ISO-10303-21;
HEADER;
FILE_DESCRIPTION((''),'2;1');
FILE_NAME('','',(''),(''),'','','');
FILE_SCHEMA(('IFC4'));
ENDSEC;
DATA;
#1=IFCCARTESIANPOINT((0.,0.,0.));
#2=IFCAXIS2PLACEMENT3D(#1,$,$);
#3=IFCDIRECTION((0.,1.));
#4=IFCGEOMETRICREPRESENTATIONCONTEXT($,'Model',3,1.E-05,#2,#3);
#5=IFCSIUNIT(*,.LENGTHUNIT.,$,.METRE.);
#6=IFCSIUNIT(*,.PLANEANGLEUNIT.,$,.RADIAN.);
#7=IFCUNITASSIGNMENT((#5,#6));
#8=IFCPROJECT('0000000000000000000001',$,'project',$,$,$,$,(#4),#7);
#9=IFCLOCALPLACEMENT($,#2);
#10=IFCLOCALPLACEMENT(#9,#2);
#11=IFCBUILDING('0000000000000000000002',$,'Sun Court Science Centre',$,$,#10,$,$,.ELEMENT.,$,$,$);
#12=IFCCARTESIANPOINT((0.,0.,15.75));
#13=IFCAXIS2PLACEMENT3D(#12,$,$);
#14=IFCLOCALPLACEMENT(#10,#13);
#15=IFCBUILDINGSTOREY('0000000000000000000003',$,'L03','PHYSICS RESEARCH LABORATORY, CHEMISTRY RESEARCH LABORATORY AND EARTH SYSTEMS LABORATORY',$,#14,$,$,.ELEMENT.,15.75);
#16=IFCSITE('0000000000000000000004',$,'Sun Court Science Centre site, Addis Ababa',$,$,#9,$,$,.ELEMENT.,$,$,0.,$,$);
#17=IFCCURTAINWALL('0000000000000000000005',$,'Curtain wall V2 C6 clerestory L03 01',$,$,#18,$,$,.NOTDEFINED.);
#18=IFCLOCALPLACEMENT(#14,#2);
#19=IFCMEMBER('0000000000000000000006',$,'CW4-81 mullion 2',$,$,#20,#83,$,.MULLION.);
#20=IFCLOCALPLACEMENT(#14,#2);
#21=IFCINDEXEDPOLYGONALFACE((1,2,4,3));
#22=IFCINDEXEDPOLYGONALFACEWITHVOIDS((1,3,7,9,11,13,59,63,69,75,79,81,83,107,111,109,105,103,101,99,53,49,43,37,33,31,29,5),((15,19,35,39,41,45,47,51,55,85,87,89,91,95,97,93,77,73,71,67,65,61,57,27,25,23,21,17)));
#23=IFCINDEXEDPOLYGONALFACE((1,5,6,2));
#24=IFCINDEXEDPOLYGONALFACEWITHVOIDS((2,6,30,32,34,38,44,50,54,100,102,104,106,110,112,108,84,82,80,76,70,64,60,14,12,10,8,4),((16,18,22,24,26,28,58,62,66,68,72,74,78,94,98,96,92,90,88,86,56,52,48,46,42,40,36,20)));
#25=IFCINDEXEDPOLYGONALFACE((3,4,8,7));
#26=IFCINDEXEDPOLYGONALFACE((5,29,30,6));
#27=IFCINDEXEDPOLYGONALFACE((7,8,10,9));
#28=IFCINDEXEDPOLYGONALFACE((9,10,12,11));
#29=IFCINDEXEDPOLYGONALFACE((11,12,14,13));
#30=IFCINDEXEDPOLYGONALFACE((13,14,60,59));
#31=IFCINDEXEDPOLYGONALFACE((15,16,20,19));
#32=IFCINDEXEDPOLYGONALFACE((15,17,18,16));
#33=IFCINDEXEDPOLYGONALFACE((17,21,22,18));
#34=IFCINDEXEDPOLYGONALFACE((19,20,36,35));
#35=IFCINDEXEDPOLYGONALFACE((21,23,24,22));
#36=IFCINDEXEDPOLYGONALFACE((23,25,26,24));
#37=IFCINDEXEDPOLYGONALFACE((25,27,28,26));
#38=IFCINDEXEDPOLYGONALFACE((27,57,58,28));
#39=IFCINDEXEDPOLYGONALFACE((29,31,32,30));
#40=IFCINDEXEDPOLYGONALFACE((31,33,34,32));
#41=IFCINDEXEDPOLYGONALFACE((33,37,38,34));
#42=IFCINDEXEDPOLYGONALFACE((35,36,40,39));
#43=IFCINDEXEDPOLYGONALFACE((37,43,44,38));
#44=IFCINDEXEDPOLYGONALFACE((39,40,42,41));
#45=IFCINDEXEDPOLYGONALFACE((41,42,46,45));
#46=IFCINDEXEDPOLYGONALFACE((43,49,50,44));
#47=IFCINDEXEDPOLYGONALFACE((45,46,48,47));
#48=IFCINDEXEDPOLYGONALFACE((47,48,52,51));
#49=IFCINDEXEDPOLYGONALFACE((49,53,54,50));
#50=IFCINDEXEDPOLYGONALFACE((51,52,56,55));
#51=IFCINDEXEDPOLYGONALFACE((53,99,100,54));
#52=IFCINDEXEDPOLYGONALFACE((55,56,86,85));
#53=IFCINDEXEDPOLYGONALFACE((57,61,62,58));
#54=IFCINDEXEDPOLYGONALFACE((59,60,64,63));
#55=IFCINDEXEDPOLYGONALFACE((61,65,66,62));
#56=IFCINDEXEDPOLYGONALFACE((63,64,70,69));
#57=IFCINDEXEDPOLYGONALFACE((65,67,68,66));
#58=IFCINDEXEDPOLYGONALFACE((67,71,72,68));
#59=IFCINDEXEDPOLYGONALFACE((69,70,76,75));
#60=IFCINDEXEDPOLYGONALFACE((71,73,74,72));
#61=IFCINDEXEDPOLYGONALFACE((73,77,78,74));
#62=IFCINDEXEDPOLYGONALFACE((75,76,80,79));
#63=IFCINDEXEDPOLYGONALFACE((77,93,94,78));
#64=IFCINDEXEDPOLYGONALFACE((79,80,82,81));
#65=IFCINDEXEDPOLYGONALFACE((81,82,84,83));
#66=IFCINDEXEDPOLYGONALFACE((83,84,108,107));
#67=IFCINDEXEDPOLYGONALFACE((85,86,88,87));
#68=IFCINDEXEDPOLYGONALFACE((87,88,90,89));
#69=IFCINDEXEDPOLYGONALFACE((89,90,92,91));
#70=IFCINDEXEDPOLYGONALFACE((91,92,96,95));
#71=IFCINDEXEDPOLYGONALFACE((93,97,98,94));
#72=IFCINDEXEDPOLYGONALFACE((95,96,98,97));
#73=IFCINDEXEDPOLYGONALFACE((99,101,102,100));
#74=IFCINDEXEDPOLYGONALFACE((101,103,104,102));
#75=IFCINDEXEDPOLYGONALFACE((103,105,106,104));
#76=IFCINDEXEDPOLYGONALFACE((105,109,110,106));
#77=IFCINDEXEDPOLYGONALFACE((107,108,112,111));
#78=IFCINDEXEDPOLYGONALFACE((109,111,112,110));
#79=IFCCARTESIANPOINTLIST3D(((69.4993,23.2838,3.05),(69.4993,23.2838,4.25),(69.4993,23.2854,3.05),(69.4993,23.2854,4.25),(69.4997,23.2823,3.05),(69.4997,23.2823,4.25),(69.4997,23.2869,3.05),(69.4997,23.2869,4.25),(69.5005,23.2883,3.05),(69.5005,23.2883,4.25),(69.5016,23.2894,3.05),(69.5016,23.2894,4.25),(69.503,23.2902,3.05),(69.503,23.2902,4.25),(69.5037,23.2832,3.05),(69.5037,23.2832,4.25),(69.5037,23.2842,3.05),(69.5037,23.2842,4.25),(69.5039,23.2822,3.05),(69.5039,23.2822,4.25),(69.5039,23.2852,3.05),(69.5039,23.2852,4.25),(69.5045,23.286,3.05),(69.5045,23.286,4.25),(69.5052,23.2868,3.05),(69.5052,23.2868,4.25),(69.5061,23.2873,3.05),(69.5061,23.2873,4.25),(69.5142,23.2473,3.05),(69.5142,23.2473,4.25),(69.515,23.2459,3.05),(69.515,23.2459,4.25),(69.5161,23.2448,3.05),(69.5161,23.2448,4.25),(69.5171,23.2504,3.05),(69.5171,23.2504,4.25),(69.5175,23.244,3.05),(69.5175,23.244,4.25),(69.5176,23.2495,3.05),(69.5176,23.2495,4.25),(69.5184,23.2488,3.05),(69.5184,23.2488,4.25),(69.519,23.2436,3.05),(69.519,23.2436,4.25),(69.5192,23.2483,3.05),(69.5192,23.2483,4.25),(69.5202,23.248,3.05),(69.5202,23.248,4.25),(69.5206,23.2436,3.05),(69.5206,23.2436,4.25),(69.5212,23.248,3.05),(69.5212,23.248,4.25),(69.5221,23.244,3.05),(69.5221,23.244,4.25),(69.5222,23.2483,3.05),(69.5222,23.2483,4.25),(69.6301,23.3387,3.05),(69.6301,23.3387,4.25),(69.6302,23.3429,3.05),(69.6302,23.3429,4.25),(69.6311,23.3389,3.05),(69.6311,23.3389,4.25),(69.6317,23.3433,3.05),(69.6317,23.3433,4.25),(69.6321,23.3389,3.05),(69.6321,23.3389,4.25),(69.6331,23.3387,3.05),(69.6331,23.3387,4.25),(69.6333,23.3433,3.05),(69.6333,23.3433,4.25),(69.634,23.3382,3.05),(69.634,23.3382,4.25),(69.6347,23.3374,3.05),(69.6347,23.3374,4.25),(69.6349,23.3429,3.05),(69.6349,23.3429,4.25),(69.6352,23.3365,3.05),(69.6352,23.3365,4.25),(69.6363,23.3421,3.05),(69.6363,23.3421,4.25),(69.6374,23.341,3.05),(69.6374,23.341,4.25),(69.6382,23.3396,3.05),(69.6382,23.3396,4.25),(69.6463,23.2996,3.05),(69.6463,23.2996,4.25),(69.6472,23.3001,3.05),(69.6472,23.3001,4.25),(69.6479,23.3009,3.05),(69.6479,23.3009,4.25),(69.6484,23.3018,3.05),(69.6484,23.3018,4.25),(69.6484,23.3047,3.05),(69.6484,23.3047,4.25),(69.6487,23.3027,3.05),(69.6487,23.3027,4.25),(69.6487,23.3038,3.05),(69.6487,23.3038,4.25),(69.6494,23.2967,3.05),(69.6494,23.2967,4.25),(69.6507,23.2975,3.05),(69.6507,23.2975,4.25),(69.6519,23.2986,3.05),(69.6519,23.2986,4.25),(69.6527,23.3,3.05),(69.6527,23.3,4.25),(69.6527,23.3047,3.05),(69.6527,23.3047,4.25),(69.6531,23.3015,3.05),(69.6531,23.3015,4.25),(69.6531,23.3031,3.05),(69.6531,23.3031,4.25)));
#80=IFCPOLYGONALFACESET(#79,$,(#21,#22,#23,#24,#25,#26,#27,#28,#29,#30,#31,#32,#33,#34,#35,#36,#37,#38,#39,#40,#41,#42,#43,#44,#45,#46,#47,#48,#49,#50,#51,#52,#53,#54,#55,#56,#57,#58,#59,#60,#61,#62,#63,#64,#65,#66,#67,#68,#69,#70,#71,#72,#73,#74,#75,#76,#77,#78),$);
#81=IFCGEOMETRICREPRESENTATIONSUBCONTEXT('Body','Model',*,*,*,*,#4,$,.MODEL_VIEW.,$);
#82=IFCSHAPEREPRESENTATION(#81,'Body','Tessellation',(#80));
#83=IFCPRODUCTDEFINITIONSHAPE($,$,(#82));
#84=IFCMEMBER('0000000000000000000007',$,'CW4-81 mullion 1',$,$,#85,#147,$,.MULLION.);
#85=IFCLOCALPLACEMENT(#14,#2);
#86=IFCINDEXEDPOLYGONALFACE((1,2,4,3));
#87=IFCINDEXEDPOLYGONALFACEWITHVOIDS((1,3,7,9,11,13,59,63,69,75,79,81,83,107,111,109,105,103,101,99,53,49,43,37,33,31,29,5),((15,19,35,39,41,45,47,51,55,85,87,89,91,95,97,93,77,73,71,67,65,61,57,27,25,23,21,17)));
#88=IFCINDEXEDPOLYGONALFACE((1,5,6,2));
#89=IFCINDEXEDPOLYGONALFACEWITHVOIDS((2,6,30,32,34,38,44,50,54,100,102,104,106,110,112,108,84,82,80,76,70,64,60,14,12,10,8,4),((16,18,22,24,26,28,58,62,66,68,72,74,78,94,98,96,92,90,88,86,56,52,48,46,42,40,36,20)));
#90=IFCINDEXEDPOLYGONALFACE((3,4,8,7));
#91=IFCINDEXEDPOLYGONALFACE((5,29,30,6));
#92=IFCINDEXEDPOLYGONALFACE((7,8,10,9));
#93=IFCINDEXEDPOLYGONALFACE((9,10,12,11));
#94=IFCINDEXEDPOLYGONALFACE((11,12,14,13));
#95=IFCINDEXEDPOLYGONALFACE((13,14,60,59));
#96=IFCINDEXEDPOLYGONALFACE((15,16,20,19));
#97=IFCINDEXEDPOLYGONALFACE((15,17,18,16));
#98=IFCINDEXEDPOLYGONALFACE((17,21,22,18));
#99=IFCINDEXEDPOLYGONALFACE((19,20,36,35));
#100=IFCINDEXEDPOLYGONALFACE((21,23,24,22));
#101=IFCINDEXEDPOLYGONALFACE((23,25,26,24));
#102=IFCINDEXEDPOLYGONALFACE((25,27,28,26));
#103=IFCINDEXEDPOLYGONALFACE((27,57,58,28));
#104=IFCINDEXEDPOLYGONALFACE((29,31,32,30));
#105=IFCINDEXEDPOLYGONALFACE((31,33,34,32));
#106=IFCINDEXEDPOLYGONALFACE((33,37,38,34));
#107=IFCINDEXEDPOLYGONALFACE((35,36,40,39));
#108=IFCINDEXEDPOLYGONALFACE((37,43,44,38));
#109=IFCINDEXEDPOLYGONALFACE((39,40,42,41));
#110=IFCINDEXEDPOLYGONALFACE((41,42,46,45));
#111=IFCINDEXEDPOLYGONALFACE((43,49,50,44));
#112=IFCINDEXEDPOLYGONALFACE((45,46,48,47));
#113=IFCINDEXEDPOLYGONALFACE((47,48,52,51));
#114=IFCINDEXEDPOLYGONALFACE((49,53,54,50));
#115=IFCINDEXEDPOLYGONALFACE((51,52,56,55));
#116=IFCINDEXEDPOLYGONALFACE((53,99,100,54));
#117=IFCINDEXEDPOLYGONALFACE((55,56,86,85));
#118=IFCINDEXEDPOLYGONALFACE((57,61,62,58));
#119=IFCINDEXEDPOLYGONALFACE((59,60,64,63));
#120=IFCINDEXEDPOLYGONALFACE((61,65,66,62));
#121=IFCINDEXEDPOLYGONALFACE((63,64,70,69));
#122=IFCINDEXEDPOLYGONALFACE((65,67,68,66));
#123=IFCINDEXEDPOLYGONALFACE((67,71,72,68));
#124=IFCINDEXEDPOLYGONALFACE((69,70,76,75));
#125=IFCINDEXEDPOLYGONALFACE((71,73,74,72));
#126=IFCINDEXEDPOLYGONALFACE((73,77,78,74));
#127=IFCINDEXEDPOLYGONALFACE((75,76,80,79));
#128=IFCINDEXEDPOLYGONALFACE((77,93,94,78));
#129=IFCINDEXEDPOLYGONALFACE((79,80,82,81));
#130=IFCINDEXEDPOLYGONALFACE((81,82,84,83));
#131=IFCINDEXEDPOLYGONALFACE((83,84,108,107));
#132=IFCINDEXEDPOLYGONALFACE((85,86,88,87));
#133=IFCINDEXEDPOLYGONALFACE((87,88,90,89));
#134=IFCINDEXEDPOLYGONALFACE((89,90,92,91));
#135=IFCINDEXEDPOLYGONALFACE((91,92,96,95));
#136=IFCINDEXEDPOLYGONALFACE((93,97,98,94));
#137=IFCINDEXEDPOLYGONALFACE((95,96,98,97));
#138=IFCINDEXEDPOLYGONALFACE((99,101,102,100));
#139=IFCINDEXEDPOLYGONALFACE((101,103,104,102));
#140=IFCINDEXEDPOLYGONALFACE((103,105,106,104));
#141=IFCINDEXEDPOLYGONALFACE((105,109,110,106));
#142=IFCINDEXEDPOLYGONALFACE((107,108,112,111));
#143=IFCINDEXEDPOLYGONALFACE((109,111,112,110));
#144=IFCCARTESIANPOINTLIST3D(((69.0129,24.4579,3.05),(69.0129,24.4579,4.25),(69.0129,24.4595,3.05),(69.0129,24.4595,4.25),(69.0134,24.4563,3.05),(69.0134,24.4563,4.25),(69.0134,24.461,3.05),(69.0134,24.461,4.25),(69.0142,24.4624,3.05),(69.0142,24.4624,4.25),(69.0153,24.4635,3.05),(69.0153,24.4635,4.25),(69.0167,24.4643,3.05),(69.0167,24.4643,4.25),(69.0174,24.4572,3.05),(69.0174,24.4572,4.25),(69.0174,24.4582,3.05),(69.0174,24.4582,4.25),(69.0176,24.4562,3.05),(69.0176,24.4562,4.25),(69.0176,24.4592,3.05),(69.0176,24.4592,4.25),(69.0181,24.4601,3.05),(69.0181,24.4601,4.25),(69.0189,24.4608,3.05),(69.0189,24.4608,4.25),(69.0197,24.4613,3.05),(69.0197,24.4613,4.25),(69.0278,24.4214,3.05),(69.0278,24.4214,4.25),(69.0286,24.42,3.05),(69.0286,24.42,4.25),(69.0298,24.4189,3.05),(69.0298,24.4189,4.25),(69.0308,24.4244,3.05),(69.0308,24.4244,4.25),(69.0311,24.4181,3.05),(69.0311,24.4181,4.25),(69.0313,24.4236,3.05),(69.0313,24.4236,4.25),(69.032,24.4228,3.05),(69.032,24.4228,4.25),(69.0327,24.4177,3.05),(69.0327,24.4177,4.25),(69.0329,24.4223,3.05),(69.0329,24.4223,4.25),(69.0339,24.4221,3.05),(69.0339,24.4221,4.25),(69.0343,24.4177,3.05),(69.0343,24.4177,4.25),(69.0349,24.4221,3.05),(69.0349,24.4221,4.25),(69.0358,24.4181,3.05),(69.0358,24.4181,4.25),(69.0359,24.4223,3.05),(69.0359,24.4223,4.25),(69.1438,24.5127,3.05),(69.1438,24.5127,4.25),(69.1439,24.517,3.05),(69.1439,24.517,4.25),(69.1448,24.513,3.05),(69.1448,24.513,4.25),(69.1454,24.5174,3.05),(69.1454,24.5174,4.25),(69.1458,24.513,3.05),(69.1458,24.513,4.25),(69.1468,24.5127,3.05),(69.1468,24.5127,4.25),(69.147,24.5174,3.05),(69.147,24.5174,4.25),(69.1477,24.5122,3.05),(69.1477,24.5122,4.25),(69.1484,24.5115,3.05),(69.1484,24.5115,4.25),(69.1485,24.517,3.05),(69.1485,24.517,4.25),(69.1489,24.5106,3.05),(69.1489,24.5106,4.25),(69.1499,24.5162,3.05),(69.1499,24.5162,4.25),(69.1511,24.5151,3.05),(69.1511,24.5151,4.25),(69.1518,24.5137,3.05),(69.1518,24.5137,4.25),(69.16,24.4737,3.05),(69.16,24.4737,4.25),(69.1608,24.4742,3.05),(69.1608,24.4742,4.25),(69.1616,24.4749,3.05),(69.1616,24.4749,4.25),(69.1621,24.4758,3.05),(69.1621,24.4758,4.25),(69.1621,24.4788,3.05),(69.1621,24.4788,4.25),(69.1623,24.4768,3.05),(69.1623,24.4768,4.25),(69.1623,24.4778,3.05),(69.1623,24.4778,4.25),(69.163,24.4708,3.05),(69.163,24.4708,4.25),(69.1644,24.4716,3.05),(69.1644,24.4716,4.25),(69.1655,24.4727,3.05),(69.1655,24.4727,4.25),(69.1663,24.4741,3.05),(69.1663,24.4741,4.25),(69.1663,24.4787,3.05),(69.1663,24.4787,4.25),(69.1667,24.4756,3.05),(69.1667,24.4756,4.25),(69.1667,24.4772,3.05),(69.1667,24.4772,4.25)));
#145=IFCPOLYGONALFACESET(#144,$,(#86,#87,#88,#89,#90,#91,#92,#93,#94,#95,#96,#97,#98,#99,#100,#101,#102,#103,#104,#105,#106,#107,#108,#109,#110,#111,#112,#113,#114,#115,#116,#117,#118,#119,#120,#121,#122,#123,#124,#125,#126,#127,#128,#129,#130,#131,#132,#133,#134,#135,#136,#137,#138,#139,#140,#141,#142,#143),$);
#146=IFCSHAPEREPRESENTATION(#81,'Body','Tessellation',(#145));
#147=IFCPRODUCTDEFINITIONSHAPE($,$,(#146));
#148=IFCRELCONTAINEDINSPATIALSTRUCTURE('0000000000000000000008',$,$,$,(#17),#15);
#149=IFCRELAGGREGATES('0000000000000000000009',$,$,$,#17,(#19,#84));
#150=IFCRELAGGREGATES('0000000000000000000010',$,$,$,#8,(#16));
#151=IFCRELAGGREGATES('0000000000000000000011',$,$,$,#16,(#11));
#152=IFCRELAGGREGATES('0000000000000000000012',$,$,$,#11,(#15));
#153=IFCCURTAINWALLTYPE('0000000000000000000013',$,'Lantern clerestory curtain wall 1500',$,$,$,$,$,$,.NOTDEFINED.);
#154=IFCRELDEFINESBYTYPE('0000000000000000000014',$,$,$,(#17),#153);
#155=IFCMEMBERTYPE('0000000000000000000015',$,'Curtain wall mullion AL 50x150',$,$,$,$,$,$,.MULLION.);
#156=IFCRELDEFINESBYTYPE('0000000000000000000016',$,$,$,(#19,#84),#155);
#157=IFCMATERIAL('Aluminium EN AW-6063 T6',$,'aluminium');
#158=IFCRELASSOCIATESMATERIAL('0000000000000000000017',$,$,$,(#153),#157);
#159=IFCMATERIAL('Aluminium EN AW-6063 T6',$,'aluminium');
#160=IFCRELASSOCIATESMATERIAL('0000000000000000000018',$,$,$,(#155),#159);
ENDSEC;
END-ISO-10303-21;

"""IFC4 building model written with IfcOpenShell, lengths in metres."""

from ifc_helpers import new_model, si_unit, direction, frame, origin, origin_2d, place, context, subcontext, project, spatial, hollow_rectangle, extrude, material, material_profile, profile_set, type_object, element, aggregate, save


model = new_model("IFC4")

# Units and contexts
model_context = context("Model", 3, precision=1e-05, world=origin(), true_north=direction((0.0, 1.0)))
body_context = subcontext(model_context, "Body", "Model", "MODEL_VIEW")
ifc_project = project(units=[si_unit("LENGTHUNIT", "METRE"), si_unit("PLANEANGLEUNIT", "RADIAN")], contexts=[model_context])

# Site, building, storey
site_placement = place(None, origin())
site = spatial("IfcSite", under=ifc_project, at=site_placement, Name="Sun Court Science Centre site, Addis Ababa", CompositionType="ELEMENT", RefElevation=0.0)
building_placement = place(site_placement, origin())
building = spatial("IfcBuilding", under=site, at=building_placement, Name="Sun Court Science Centre", CompositionType="ELEMENT")
storey_placement = place(building_placement, frame((0.0, 0.0, 15.75)))
storey = spatial("IfcBuildingStorey", under=building, at=storey_placement, Name="L03", Description="PHYSICS RESEARCH LABORATORY, CHEMISTRY RESEARCH LABORATORY AND EARTH SYSTEMS LABORATORY", CompositionType="ELEMENT", Elevation=15.75)

# Curtain wall, members
ifc_material_1 = material(Name="Aluminium EN AW-6063 T6", Category="aluminium")
curtain_wall_type = type_object("IfcCurtainWallType", Name="Lantern clerestory curtain wall 1500", PredefinedType="NOTDEFINED", material=ifc_material_1)
curtain_wall_1_placement = place(storey_placement, origin())
curtain_wall_1 = element("IfcCurtainWall", 1, at=curtain_wall_1_placement, inside=storey, type_object=curtain_wall_type, Name="Curtain wall V2 C6 clerestory L03 01", PredefinedType="NOTDEFINED")
ifc_material_2 = material(Name="Aluminium EN AW-6063 T6", Category="aluminium")
ifc_material_profile_1 = material_profile(ifc_material_2, hollow_rectangle(XDim=0.05, YDim=0.1499, WallThickness=0.0039, InnerFilletRadius=0.0039, OuterFilletRadius=0.0061, at=origin_2d()), Name="AL 50x150x4")
ifc_profile_set_1 = profile_set([ifc_material_profile_1], Name="Aluminium EN AW-6063 T6")
member_type_1 = type_object("IfcMemberType", Name="Curtain wall mullion AL 50x150", PredefinedType="MULLION", material=ifc_profile_set_1)
member_1_placement = place(storey_placement, frame((69.5762, 23.2935, 3.05), z_axis=(0.0, 0.0, 1.0), x_axis=(0.382683, -0.92388, 0.0)))
member_1 = element("IfcMember", 2, at=member_1_placement, type_object=member_type_1, Name="CW4-81 mullion 2", PredefinedType="MULLION", context=body_context, shape_type="SweptSolid", body=[
    extrude(hollow_rectangle(XDim=0.05, YDim=0.1499, WallThickness=0.0039, InnerFilletRadius=0.0039, OuterFilletRadius=0.0061, at=origin_2d()), origin(), (0.0, 0.0, 1.0), 1.2),
])
member_2_placement = place(storey_placement, frame((69.0898, 24.4675, 3.05), z_axis=(0.0, 0.0, 1.0), x_axis=(0.382683, -0.92388, 0.0)))
member_2 = element("IfcMember", 3, at=member_2_placement, type_object=member_type_1, Name="CW4-81 mullion 1", PredefinedType="MULLION", context=body_context, shape_type="SweptSolid", body=[
    extrude(hollow_rectangle(XDim=0.05, YDim=0.1499, WallThickness=0.0039, InnerFilletRadius=0.0039, OuterFilletRadius=0.0061, at=origin_2d()), origin(), (0.0, 0.0, 1.0), 1.2),
])

aggregate(curtain_wall_1, [member_1, member_2])

save(model, "model.ifc")
